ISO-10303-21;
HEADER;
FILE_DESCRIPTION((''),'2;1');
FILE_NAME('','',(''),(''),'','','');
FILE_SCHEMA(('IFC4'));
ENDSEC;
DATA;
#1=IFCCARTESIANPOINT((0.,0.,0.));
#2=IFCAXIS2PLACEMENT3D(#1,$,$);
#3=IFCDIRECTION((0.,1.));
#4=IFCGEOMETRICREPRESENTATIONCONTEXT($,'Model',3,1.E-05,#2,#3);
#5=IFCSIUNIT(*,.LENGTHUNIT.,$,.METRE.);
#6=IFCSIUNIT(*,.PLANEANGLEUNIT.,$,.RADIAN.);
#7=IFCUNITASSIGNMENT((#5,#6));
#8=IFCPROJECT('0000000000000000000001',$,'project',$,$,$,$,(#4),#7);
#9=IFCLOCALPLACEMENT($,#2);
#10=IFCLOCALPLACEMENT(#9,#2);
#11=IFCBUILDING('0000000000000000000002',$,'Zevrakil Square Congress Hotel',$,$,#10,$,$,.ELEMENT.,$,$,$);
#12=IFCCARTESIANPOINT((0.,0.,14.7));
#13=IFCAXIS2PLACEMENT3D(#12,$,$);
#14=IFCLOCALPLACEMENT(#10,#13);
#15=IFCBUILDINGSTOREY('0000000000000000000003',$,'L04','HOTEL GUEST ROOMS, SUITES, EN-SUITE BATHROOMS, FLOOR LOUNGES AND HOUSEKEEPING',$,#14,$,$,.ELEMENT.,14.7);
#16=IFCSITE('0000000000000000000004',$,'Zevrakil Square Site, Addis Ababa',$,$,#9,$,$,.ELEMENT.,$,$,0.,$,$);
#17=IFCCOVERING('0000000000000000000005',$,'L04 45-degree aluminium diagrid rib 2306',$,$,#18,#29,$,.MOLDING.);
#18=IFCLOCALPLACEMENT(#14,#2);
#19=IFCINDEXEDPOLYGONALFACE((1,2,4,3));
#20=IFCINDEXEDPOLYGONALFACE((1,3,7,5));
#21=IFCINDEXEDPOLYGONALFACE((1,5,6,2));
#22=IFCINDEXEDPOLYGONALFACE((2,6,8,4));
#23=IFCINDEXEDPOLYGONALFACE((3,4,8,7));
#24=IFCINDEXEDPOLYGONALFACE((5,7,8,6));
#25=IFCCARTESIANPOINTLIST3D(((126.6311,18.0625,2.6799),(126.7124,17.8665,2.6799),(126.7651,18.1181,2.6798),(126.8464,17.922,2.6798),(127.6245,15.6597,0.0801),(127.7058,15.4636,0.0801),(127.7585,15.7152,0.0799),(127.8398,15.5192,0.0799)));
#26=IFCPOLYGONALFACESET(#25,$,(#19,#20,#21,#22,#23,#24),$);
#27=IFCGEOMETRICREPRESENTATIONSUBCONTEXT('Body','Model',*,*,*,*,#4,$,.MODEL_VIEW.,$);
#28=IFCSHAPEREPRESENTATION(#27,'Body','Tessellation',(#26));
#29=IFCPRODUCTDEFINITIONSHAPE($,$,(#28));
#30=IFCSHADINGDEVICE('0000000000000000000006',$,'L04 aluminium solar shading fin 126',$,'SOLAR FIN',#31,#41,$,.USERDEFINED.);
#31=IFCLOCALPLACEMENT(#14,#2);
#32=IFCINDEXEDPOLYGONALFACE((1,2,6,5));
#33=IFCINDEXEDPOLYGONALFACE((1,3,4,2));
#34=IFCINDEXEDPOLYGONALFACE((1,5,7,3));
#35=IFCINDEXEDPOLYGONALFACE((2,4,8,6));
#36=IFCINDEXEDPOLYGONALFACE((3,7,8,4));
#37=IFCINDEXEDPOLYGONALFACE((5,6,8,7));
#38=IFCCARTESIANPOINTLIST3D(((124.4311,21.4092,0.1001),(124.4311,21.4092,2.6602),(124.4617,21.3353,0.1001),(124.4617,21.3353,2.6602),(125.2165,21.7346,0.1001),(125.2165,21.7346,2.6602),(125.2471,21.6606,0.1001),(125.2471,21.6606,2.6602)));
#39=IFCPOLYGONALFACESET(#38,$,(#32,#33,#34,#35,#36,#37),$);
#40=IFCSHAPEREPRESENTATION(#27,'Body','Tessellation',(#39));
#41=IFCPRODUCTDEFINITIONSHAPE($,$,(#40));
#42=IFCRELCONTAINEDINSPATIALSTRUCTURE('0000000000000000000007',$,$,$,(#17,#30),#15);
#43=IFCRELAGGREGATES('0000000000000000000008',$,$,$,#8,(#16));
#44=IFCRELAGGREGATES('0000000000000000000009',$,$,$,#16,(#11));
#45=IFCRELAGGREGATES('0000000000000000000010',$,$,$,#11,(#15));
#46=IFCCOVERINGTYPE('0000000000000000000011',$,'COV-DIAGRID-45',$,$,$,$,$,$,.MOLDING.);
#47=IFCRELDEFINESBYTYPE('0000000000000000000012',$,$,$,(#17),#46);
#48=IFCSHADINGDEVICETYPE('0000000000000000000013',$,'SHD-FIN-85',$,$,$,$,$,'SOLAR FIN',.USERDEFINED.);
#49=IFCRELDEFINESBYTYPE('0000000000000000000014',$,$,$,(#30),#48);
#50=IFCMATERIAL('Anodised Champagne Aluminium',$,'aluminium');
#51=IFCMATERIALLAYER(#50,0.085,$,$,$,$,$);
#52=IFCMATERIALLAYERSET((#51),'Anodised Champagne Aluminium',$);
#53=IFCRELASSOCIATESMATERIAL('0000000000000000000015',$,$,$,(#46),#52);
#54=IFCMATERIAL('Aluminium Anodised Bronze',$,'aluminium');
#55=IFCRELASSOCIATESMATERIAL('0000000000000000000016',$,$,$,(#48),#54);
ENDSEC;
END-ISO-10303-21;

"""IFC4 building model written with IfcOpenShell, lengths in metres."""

from ifc_helpers import new_model, si_unit, direction, frame, origin, origin_2d, place, context, subcontext, project, spatial, polyline, rectangle, outline, extrude, material, layer, layer_set, type_object, element, save


model = new_model("IFC4")

# Units and contexts
model_context = context("Model", 3, precision=1e-05, world=origin(), true_north=direction((0.0, 1.0)))
body_context = subcontext(model_context, "Body", "Model", "MODEL_VIEW")
ifc_project = project(units=[si_unit("LENGTHUNIT", "METRE"), si_unit("PLANEANGLEUNIT", "RADIAN")], contexts=[model_context])

# Site, building, storey
site_placement = place(None, origin())
site = spatial("IfcSite", under=ifc_project, at=site_placement, Name="Zevrakil Square Site, Addis Ababa", CompositionType="ELEMENT", RefElevation=0.0)
building_placement = place(site_placement, origin())
building = spatial("IfcBuilding", under=site, at=building_placement, Name="Zevrakil Square Congress Hotel", CompositionType="ELEMENT")
storey_placement = place(building_placement, frame((0.0, 0.0, 14.7)))
storey = spatial("IfcBuildingStorey", under=building, at=storey_placement, Name="L04", Description="HOTEL GUEST ROOMS, SUITES, EN-SUITE BATHROOMS, FLOOR LOUNGES AND HOUSEKEEPING", CompositionType="ELEMENT", Elevation=14.7)

# Covering
ifc_material_1 = material(Name="Anodised Champagne Aluminium", Category="aluminium")
ifc_layer_1 = layer(ifc_material_1, 0.085)
ifc_layer_set_1 = layer_set([ifc_layer_1], Name="Anodised Champagne Aluminium")
covering_type_1 = type_object("IfcCoveringType", Name="COV-DIAGRID-45", PredefinedType="MOLDING", material=ifc_layer_set_1)
covering_1_placement = place(storey_placement, frame((126.6311, 18.0625, 2.6799), z_axis=(-0.923722, -0.383063, 0.001078), x_axis=(0.383063, -0.923722, 0.0)))
element("IfcCovering", 1, at=covering_1_placement, inside=storey, type_object=covering_type_1, Name="L04 45-degree aluminium diagrid rib 2306", PredefinedType="MOLDING", context=body_context, shape_type="SweptSolid", body=[
    extrude(outline(polyline([(0.0, 0.0), (0.2122, 0.0), (2.8123, -2.5999), (2.6001, -2.5999), (0.0, 0.0)])), origin(), (0.0, 0.0, -1.0), 0.145),
])

# Shading device
ifc_material_2 = material(Name="Aluminium Anodised Bronze", Category="aluminium")
shading_device_type = type_object("IfcShadingDeviceType", Name="SHD-FIN-85", ElementType="SOLAR FIN", PredefinedType="USERDEFINED", material=ifc_material_2)
shading_device_placement = place(storey_placement, frame((124.8391, 21.5349, 0.1001), z_axis=(0.0, 0.0, 1.0), x_axis=(-0.92388, -0.382683, 0.0)))
element("IfcShadingDevice", 2, at=shading_device_placement, inside=storey, type_object=shading_device_type, Name="L04 aluminium solar shading fin 126", ObjectType="SOLAR FIN", PredefinedType="USERDEFINED", context=body_context, shape_type="SweptSolid", body=[
    extrude(rectangle(XDim=0.8501, YDim=0.0801, at=origin_2d()), origin(), (0.0, 0.0, 1.0), 2.5601),
])

save(model, "model.ifc")
